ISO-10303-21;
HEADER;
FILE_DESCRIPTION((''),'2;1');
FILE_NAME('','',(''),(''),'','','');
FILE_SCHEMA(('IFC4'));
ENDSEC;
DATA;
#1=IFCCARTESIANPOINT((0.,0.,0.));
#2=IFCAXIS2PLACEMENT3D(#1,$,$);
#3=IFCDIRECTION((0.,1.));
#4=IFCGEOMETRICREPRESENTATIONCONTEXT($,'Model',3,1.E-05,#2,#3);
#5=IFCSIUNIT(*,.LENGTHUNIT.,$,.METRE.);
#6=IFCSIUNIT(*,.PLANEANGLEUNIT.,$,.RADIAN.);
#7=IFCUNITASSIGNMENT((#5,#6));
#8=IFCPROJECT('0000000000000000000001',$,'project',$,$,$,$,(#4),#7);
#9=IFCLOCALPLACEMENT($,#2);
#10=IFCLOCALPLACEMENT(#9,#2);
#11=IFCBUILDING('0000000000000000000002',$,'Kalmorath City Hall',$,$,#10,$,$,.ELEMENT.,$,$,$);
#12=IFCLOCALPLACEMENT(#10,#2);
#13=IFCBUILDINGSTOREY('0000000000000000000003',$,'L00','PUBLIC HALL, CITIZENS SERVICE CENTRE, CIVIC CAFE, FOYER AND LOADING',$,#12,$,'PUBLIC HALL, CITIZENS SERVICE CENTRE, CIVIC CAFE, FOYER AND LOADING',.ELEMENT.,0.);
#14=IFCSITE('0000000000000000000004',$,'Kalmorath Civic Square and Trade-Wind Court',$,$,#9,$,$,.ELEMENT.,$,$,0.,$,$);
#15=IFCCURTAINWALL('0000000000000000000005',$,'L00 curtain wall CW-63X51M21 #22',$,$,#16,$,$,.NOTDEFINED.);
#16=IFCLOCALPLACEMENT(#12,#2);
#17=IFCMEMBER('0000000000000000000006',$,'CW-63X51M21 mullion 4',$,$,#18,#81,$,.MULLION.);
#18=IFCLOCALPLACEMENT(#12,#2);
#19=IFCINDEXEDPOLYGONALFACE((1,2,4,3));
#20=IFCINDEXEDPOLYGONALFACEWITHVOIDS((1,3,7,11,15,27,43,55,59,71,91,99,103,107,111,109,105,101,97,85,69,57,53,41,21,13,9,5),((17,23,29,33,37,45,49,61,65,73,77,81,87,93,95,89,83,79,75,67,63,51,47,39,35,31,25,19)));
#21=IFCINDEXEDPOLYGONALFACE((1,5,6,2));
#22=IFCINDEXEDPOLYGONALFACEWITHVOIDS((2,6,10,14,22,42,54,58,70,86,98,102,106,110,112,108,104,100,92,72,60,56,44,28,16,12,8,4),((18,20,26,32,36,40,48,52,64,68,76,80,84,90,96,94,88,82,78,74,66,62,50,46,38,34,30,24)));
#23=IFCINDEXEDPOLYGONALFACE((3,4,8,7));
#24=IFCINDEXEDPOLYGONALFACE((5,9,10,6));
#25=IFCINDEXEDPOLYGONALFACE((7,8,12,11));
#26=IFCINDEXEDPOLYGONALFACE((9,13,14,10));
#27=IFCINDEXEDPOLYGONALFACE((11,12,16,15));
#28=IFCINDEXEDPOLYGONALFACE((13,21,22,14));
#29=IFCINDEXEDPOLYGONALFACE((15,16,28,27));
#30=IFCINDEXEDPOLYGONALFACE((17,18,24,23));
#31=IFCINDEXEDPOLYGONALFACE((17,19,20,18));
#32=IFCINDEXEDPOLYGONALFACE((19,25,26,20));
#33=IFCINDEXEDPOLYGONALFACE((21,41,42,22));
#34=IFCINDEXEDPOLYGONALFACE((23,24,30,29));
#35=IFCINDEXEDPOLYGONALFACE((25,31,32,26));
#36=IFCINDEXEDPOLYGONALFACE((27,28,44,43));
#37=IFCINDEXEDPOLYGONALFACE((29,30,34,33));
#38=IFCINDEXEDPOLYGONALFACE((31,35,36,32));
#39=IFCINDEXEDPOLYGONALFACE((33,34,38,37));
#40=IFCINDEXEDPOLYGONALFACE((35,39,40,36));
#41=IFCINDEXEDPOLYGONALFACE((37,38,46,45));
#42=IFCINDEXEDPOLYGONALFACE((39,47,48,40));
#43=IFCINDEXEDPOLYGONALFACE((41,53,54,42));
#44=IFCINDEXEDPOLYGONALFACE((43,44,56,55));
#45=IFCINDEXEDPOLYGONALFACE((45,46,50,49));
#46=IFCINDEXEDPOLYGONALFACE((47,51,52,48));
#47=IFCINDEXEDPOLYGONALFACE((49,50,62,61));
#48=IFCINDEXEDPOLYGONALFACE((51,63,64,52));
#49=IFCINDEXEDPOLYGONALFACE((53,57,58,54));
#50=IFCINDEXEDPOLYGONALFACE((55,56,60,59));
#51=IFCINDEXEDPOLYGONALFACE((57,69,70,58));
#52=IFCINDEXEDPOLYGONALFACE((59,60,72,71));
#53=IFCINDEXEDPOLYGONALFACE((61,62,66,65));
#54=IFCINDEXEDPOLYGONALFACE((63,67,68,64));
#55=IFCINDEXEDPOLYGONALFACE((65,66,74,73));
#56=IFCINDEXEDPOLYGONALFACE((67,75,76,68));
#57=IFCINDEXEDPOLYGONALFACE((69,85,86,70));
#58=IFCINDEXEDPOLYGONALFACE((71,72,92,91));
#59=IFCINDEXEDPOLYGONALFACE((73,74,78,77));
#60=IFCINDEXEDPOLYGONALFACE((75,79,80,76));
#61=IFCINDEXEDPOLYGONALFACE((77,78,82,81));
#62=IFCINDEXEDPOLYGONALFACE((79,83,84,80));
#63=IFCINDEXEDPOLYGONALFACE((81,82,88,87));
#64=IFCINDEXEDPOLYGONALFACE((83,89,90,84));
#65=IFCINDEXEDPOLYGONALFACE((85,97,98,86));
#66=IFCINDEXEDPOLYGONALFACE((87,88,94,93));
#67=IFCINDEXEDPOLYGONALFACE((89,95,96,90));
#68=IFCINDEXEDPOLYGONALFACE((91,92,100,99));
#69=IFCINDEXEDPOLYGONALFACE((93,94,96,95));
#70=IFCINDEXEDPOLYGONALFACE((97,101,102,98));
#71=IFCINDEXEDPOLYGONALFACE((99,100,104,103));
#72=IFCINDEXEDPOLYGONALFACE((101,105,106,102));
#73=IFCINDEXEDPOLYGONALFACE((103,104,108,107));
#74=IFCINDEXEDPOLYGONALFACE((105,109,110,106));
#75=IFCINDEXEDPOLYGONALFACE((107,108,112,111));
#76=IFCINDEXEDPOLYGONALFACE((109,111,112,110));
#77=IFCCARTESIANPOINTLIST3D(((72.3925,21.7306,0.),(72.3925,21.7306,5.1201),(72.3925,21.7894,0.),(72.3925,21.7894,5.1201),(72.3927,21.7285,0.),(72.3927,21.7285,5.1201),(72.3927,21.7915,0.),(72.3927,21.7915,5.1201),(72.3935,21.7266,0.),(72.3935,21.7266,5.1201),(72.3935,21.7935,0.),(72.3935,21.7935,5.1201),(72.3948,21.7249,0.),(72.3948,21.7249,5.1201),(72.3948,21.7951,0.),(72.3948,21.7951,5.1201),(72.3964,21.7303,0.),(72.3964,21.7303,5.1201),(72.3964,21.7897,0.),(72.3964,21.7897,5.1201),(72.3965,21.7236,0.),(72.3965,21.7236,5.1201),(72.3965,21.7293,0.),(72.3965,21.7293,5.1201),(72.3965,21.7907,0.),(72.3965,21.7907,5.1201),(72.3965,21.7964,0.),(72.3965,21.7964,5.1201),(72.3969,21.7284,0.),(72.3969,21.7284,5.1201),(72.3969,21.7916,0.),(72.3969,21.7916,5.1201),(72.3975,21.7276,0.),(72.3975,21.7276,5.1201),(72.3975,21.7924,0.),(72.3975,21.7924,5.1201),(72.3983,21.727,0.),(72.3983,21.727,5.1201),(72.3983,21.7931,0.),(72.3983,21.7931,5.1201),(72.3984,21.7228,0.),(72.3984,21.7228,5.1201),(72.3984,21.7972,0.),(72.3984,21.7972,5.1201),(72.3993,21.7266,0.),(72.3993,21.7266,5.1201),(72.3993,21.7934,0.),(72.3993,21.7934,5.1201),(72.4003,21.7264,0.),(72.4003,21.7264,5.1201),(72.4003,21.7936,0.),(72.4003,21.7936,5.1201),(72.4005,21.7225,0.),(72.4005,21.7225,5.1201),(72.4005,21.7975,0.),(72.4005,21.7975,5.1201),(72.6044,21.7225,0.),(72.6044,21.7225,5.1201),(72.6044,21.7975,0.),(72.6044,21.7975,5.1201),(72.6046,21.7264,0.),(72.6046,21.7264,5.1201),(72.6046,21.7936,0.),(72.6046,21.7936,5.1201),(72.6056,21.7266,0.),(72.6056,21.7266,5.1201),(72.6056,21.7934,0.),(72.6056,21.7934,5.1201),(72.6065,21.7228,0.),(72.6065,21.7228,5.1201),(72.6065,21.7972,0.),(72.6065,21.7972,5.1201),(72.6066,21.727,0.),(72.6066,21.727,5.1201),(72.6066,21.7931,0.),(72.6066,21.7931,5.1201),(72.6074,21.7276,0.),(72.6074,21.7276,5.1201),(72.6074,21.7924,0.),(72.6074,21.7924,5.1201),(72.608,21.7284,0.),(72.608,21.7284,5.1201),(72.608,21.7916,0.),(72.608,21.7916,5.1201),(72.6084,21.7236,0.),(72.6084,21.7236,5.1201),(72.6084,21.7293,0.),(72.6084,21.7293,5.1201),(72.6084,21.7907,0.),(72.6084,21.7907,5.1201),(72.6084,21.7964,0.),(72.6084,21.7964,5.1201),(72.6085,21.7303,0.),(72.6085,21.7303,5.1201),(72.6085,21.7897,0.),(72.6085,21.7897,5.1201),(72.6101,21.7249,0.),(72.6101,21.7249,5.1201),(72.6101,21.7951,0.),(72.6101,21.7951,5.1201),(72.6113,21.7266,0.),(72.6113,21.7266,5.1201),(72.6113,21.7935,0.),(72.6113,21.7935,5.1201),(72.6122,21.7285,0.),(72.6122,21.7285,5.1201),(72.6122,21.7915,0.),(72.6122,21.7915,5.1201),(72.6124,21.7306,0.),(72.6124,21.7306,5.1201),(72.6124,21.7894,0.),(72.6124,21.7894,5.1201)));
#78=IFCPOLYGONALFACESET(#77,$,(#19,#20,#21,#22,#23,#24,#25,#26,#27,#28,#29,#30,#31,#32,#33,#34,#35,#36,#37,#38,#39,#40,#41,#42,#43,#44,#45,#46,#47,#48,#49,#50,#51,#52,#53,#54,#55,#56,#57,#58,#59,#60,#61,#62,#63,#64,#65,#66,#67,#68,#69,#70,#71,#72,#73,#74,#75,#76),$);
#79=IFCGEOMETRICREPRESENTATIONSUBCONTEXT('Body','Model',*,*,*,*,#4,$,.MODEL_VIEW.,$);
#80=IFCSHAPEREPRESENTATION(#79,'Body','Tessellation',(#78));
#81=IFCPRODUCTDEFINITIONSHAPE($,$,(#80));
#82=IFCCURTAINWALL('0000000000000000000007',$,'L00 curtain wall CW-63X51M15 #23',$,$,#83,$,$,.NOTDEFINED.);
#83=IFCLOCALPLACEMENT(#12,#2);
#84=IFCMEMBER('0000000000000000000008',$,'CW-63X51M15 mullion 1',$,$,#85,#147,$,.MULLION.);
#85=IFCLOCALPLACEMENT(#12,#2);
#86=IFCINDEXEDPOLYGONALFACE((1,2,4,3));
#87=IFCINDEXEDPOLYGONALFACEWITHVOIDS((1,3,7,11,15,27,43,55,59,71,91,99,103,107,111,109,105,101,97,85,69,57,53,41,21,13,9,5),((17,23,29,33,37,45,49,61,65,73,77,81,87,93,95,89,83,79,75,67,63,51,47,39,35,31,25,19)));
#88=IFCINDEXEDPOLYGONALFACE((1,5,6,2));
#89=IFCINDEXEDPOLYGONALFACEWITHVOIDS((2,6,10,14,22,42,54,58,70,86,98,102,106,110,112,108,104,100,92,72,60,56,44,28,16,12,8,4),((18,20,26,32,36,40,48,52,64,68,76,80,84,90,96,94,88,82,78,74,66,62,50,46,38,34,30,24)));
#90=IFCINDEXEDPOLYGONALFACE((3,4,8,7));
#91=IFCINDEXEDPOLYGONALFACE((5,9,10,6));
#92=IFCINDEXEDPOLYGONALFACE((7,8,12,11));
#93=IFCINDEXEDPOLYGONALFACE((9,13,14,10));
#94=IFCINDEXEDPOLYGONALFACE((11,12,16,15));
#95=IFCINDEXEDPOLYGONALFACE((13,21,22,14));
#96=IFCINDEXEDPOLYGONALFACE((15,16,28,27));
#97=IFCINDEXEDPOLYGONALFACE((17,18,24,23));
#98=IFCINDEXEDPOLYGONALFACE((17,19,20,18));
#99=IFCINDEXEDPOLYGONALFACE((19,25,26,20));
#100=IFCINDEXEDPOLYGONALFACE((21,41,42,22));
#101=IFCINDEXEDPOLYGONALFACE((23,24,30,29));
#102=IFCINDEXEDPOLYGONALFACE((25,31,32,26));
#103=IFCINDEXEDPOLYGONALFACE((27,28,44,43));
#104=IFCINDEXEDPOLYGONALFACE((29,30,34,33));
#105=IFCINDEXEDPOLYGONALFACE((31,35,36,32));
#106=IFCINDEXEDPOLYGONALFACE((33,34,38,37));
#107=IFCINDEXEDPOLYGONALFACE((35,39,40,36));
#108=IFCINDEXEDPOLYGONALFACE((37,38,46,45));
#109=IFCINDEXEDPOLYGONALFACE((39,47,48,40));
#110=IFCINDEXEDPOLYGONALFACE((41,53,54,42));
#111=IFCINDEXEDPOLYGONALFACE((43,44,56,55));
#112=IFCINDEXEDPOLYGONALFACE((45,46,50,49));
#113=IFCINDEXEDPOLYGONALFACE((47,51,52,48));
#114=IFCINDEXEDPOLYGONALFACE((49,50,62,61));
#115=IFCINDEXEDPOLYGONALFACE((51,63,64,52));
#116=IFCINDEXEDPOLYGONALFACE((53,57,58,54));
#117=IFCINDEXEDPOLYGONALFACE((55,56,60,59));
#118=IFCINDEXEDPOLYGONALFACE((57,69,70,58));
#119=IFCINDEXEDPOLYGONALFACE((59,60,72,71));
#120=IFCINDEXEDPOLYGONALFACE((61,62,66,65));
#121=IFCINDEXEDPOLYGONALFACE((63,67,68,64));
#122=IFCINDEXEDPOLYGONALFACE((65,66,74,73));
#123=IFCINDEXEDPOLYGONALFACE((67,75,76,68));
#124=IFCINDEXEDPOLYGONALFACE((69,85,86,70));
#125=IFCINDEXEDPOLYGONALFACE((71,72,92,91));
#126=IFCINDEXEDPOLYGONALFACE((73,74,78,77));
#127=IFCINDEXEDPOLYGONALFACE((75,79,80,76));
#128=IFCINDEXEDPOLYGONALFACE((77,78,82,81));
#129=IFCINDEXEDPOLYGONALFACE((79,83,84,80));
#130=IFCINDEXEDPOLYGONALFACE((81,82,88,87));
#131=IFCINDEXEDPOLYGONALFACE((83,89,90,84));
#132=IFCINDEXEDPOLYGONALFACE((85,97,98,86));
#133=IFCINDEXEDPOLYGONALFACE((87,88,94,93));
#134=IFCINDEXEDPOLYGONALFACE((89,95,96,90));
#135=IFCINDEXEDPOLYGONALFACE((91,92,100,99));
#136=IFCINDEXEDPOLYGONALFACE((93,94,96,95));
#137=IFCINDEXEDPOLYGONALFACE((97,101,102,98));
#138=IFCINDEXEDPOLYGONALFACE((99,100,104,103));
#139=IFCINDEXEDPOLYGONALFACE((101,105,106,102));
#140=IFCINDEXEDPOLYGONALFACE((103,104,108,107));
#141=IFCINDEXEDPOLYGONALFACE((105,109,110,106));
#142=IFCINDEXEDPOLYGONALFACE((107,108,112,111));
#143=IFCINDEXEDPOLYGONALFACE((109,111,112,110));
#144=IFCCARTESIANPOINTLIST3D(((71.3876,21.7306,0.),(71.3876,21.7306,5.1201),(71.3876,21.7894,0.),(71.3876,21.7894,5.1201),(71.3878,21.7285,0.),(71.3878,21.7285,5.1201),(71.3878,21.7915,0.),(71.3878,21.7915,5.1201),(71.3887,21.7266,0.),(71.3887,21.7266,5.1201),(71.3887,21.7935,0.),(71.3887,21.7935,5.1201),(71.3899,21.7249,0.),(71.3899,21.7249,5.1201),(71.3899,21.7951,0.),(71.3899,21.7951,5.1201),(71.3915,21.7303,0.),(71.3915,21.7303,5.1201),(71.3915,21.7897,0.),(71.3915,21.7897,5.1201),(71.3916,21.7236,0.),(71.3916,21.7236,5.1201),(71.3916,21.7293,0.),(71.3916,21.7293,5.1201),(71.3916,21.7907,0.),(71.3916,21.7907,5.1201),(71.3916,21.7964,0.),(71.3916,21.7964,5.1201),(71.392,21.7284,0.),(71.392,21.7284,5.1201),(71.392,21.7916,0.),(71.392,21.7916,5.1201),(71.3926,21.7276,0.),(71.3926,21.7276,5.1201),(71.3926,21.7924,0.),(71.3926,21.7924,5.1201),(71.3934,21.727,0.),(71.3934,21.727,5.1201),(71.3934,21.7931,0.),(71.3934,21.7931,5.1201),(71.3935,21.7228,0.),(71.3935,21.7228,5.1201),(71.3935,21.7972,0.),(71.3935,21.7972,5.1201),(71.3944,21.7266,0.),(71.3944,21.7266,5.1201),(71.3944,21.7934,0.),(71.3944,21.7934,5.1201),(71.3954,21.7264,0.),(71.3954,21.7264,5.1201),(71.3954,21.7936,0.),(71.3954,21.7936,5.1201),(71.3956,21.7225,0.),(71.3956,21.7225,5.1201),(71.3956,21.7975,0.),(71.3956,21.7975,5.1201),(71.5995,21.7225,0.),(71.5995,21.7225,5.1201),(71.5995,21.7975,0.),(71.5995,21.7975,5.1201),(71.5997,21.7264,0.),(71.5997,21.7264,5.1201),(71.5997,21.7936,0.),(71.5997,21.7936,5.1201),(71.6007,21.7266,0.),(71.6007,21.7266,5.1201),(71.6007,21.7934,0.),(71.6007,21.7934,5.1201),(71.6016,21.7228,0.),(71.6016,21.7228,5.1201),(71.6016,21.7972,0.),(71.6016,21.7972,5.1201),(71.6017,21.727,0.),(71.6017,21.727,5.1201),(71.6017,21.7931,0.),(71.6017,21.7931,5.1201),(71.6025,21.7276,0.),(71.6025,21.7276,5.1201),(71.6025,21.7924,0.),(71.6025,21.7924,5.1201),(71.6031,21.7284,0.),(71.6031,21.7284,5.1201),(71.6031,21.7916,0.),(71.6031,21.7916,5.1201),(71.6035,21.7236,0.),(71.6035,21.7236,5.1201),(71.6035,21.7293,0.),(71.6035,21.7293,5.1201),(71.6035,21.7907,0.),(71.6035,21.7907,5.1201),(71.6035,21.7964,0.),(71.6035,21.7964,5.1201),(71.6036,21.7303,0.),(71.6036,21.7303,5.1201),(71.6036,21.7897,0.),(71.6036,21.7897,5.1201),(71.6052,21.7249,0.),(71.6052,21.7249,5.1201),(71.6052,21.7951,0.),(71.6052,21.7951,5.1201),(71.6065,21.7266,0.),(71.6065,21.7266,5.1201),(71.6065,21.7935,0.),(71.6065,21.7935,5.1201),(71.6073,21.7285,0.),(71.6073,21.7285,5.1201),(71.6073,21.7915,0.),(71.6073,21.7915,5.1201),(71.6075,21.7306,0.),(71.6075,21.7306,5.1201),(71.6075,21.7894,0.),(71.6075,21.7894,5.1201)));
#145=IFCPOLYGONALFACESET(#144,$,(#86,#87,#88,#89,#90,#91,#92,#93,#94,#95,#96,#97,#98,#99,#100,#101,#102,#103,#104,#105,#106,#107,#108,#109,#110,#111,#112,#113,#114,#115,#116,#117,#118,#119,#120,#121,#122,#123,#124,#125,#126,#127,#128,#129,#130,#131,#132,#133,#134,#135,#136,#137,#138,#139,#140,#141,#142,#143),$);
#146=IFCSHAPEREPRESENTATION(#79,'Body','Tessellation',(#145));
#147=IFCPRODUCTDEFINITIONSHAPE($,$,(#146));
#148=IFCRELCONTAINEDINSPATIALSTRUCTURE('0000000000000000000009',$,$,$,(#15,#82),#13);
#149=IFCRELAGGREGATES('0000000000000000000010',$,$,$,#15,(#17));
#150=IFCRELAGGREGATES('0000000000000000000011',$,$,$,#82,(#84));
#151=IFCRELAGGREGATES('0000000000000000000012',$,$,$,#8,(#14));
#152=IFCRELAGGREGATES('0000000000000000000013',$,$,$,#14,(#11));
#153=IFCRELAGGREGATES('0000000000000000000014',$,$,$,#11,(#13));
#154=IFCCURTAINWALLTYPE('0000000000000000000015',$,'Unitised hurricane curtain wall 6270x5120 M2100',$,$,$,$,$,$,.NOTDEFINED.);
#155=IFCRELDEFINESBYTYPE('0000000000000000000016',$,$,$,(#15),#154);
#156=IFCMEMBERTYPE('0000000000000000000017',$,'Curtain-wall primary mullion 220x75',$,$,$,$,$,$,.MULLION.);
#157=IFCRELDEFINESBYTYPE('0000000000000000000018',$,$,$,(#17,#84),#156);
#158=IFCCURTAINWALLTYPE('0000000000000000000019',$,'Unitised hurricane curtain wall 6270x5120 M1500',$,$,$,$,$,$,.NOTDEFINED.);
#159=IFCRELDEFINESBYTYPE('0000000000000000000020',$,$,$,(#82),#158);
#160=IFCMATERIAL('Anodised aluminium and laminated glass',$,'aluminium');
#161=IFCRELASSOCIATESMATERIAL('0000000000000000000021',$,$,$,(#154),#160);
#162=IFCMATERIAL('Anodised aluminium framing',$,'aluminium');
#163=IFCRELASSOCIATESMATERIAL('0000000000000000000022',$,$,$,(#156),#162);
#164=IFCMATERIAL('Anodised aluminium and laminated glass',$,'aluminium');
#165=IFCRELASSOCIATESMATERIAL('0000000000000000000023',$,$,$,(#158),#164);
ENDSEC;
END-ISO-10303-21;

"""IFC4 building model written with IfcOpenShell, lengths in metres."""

from ifc_helpers import new_model, si_unit, direction, frame, origin, origin_2d, place, context, subcontext, project, spatial, hollow_rectangle, extrude, material, material_profile, profile_set, type_object, element, aggregate, save


model = new_model("IFC4")

# Units and contexts
model_context = context("Model", 3, precision=1e-05, world=origin(), true_north=direction((0.0, 1.0)))
body_context = subcontext(model_context, "Body", "Model", "MODEL_VIEW")
ifc_project = project(units=[si_unit("LENGTHUNIT", "METRE"), si_unit("PLANEANGLEUNIT", "RADIAN")], contexts=[model_context])

# Site, building, storey
site_placement = place(None, origin())
site = spatial("IfcSite", under=ifc_project, at=site_placement, Name="Kalmorath Civic Square and Trade-Wind Court", CompositionType="ELEMENT", RefElevation=0.0)
building_placement = place(site_placement, origin())
building = spatial("IfcBuilding", under=site, at=building_placement, Name="Kalmorath City Hall", CompositionType="ELEMENT")
storey_placement = place(building_placement, origin())
storey = spatial("IfcBuildingStorey", under=building, at=storey_placement, Name="L00", Description="PUBLIC HALL, CITIZENS SERVICE CENTRE, CIVIC CAFE, FOYER AND LOADING", LongName="PUBLIC HALL, CITIZENS SERVICE CENTRE, CIVIC CAFE, FOYER AND LOADING", CompositionType="ELEMENT", Elevation=0.0)

# Curtain wall, member
ifc_material_1 = material(Name="Anodised aluminium and laminated glass", Category="aluminium")
curtain_wall_type_1 = type_object("IfcCurtainWallType", Name="Unitised hurricane curtain wall 6270x5120 M2100", PredefinedType="NOTDEFINED", material=ifc_material_1)
curtain_wall_1_placement = place(storey_placement, origin())
curtain_wall_1 = element("IfcCurtainWall", 1, at=curtain_wall_1_placement, inside=storey, type_object=curtain_wall_type_1, Name="L00 curtain wall CW-63X51M21 #22", PredefinedType="NOTDEFINED")
ifc_material_2 = material(Name="Anodised aluminium framing", Category="aluminium")
ifc_material_profile_1 = material_profile(ifc_material_2, hollow_rectangle(XDim=0.075, YDim=0.22, WallThickness=0.0039, InnerFilletRadius=0.0039, OuterFilletRadius=0.0081, at=origin_2d()), Name="ALU-MUL-220X75X4")
ifc_profile_set_1 = profile_set([ifc_material_profile_1], Name="Anodised aluminium framing")
member_type_1 = type_object("IfcMemberType", Name="Curtain-wall primary mullion 220x75", PredefinedType="MULLION", material=ifc_profile_set_1)
member_1_placement = place(storey_placement, frame((72.5024, 21.76, 0.0), z_axis=(0.0, 0.0, 1.0), x_axis=(0.0, -1.0, 0.0)))
member_1 = element("IfcMember", 2, at=member_1_placement, type_object=member_type_1, Name="CW-63X51M21 mullion 4", PredefinedType="MULLION", context=body_context, shape_type="SweptSolid", body=[
    extrude(hollow_rectangle(XDim=0.075, YDim=0.22, WallThickness=0.0039, InnerFilletRadius=0.0039, OuterFilletRadius=0.0081, at=origin_2d()), origin(), (0.0, 0.0, 1.0), 5.1201),
])

# Curtain wall, member
ifc_material_3 = material(Name="Anodised aluminium and laminated glass", Category="aluminium")
curtain_wall_type_2 = type_object("IfcCurtainWallType", Name="Unitised hurricane curtain wall 6270x5120 M1500", PredefinedType="NOTDEFINED", material=ifc_material_3)
curtain_wall_2_placement = place(storey_placement, origin())
curtain_wall_2 = element("IfcCurtainWall", 3, at=curtain_wall_2_placement, inside=storey, type_object=curtain_wall_type_2, Name="L00 curtain wall CW-63X51M15 #23", PredefinedType="NOTDEFINED")
member_2_placement = place(storey_placement, frame((71.4976, 21.76, 0.0), z_axis=(0.0, 0.0, 1.0), x_axis=(0.0, -1.0, 0.0)))
member_2 = element("IfcMember", 4, at=member_2_placement, type_object=member_type_1, Name="CW-63X51M15 mullion 1", PredefinedType="MULLION", context=body_context, shape_type="SweptSolid", body=[
    extrude(hollow_rectangle(XDim=0.075, YDim=0.22, WallThickness=0.0039, InnerFilletRadius=0.0039, OuterFilletRadius=0.0081, at=origin_2d()), origin(), (0.0, 0.0, 1.0), 5.1201),
])

aggregate(curtain_wall_1, [member_1])
aggregate(curtain_wall_2, [member_2])

save(model, "model.ifc")
